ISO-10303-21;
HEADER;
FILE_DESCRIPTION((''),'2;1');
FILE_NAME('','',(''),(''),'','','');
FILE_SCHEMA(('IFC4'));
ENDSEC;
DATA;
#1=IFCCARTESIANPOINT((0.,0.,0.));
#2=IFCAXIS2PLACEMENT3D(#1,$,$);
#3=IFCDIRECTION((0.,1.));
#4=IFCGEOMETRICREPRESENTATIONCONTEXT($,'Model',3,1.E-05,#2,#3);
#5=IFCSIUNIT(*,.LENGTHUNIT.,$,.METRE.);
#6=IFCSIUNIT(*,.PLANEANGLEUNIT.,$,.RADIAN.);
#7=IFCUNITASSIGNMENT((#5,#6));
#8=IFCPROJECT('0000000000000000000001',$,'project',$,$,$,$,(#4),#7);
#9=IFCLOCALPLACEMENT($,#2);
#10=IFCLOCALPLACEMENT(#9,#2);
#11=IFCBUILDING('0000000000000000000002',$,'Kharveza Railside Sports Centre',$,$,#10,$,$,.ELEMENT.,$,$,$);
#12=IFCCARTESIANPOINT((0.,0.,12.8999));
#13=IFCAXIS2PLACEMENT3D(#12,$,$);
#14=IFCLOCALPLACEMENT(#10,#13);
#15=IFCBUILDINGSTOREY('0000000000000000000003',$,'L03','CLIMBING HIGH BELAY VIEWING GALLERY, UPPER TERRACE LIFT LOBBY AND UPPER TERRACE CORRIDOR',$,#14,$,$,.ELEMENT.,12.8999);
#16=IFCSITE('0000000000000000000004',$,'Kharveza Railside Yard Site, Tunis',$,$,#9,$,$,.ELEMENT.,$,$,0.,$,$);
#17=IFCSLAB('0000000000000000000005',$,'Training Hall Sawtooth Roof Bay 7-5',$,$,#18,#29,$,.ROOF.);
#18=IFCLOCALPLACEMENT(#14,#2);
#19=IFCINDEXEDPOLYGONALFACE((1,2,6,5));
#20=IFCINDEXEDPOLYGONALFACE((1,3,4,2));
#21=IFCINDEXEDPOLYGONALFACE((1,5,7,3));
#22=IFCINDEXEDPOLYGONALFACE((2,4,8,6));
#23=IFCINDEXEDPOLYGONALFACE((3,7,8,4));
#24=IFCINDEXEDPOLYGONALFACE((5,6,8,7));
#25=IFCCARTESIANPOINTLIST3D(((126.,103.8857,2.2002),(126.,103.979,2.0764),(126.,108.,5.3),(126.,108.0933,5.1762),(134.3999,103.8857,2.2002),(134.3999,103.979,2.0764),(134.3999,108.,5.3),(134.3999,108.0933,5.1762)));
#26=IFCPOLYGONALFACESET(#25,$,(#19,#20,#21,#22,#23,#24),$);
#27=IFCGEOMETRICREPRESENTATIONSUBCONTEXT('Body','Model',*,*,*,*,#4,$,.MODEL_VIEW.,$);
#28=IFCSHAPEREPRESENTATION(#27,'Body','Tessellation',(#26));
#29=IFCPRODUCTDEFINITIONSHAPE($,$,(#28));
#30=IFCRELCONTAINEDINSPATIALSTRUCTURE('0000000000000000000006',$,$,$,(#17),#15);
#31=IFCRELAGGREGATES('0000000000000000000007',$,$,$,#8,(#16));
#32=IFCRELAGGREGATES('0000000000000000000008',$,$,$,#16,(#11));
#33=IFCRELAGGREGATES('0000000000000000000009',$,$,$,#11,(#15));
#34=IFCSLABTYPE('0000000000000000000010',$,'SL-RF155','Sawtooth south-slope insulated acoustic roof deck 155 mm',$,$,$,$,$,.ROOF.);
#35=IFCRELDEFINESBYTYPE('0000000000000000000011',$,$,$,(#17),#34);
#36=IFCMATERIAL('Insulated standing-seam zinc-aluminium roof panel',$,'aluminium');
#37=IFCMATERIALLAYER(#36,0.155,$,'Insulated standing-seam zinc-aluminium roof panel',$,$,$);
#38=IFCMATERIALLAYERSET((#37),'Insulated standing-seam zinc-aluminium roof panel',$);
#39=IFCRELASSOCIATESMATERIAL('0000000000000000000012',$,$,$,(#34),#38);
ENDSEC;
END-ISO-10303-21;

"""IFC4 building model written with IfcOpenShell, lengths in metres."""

from ifc_helpers import new_model, si_unit, direction, frame, origin, place, context, subcontext, project, spatial, polyline, outline, extrude, material, layer, layer_set, type_object, element, save


model = new_model("IFC4")

# Units and contexts
model_context = context("Model", 3, precision=1e-05, world=origin(), true_north=direction((0.0, 1.0)))
body_context = subcontext(model_context, "Body", "Model", "MODEL_VIEW")
ifc_project = project(units=[si_unit("LENGTHUNIT", "METRE"), si_unit("PLANEANGLEUNIT", "RADIAN")], contexts=[model_context])

# Site, building, storey
site_placement = place(None, origin())
site = spatial("IfcSite", under=ifc_project, at=site_placement, Name="Kharveza Railside Yard Site, Tunis", CompositionType="ELEMENT", RefElevation=0.0)
building_placement = place(site_placement, origin())
building = spatial("IfcBuilding", under=site, at=building_placement, Name="Kharveza Railside Sports Centre", CompositionType="ELEMENT")
storey_placement = place(building_placement, frame((0.0, 0.0, 12.8999)))
storey = spatial("IfcBuildingStorey", under=building, at=storey_placement, Name="L03", Description="CLIMBING HIGH BELAY VIEWING GALLERY, UPPER TERRACE LIFT LOBBY AND UPPER TERRACE CORRIDOR", CompositionType="ELEMENT", Elevation=12.8999)

# Slab
ifc_material_1 = material(Name="Insulated standing-seam zinc-aluminium roof panel", Category="aluminium")
ifc_layer_1 = layer(ifc_material_1, 0.155, Name="Insulated standing-seam zinc-aluminium roof panel")
ifc_layer_set_1 = layer_set([ifc_layer_1], Name="Insulated standing-seam zinc-aluminium roof panel")
slab_type = type_object("IfcSlabType", Name="SL-RF155", Description="Sawtooth south-slope insulated acoustic roof deck 155 mm", PredefinedType="ROOF", material=ifc_layer_set_1)
slab_1_placement = place(storey_placement, frame((126.0, 103.8857, 2.2002), z_axis=(0.0, -0.601758, 0.798679), x_axis=(1.0, 0.0, 0.0)))
element("IfcSlab", 1, at=slab_1_placement, inside=storey, type_object=slab_type, Name="Training Hall Sawtooth Roof Bay 7-5", PredefinedType="ROOF", context=body_context, shape_type="SweptSolid", body=[
    extrude(outline(polyline([(0.0, 0.0), (8.3999, 0.0), (8.3999, 5.1513), (0.0, 5.1513), (0.0, 0.0)])), origin(), (0.0, 0.0, -1.0), 0.155),
])

save(model, "model.ifc")
